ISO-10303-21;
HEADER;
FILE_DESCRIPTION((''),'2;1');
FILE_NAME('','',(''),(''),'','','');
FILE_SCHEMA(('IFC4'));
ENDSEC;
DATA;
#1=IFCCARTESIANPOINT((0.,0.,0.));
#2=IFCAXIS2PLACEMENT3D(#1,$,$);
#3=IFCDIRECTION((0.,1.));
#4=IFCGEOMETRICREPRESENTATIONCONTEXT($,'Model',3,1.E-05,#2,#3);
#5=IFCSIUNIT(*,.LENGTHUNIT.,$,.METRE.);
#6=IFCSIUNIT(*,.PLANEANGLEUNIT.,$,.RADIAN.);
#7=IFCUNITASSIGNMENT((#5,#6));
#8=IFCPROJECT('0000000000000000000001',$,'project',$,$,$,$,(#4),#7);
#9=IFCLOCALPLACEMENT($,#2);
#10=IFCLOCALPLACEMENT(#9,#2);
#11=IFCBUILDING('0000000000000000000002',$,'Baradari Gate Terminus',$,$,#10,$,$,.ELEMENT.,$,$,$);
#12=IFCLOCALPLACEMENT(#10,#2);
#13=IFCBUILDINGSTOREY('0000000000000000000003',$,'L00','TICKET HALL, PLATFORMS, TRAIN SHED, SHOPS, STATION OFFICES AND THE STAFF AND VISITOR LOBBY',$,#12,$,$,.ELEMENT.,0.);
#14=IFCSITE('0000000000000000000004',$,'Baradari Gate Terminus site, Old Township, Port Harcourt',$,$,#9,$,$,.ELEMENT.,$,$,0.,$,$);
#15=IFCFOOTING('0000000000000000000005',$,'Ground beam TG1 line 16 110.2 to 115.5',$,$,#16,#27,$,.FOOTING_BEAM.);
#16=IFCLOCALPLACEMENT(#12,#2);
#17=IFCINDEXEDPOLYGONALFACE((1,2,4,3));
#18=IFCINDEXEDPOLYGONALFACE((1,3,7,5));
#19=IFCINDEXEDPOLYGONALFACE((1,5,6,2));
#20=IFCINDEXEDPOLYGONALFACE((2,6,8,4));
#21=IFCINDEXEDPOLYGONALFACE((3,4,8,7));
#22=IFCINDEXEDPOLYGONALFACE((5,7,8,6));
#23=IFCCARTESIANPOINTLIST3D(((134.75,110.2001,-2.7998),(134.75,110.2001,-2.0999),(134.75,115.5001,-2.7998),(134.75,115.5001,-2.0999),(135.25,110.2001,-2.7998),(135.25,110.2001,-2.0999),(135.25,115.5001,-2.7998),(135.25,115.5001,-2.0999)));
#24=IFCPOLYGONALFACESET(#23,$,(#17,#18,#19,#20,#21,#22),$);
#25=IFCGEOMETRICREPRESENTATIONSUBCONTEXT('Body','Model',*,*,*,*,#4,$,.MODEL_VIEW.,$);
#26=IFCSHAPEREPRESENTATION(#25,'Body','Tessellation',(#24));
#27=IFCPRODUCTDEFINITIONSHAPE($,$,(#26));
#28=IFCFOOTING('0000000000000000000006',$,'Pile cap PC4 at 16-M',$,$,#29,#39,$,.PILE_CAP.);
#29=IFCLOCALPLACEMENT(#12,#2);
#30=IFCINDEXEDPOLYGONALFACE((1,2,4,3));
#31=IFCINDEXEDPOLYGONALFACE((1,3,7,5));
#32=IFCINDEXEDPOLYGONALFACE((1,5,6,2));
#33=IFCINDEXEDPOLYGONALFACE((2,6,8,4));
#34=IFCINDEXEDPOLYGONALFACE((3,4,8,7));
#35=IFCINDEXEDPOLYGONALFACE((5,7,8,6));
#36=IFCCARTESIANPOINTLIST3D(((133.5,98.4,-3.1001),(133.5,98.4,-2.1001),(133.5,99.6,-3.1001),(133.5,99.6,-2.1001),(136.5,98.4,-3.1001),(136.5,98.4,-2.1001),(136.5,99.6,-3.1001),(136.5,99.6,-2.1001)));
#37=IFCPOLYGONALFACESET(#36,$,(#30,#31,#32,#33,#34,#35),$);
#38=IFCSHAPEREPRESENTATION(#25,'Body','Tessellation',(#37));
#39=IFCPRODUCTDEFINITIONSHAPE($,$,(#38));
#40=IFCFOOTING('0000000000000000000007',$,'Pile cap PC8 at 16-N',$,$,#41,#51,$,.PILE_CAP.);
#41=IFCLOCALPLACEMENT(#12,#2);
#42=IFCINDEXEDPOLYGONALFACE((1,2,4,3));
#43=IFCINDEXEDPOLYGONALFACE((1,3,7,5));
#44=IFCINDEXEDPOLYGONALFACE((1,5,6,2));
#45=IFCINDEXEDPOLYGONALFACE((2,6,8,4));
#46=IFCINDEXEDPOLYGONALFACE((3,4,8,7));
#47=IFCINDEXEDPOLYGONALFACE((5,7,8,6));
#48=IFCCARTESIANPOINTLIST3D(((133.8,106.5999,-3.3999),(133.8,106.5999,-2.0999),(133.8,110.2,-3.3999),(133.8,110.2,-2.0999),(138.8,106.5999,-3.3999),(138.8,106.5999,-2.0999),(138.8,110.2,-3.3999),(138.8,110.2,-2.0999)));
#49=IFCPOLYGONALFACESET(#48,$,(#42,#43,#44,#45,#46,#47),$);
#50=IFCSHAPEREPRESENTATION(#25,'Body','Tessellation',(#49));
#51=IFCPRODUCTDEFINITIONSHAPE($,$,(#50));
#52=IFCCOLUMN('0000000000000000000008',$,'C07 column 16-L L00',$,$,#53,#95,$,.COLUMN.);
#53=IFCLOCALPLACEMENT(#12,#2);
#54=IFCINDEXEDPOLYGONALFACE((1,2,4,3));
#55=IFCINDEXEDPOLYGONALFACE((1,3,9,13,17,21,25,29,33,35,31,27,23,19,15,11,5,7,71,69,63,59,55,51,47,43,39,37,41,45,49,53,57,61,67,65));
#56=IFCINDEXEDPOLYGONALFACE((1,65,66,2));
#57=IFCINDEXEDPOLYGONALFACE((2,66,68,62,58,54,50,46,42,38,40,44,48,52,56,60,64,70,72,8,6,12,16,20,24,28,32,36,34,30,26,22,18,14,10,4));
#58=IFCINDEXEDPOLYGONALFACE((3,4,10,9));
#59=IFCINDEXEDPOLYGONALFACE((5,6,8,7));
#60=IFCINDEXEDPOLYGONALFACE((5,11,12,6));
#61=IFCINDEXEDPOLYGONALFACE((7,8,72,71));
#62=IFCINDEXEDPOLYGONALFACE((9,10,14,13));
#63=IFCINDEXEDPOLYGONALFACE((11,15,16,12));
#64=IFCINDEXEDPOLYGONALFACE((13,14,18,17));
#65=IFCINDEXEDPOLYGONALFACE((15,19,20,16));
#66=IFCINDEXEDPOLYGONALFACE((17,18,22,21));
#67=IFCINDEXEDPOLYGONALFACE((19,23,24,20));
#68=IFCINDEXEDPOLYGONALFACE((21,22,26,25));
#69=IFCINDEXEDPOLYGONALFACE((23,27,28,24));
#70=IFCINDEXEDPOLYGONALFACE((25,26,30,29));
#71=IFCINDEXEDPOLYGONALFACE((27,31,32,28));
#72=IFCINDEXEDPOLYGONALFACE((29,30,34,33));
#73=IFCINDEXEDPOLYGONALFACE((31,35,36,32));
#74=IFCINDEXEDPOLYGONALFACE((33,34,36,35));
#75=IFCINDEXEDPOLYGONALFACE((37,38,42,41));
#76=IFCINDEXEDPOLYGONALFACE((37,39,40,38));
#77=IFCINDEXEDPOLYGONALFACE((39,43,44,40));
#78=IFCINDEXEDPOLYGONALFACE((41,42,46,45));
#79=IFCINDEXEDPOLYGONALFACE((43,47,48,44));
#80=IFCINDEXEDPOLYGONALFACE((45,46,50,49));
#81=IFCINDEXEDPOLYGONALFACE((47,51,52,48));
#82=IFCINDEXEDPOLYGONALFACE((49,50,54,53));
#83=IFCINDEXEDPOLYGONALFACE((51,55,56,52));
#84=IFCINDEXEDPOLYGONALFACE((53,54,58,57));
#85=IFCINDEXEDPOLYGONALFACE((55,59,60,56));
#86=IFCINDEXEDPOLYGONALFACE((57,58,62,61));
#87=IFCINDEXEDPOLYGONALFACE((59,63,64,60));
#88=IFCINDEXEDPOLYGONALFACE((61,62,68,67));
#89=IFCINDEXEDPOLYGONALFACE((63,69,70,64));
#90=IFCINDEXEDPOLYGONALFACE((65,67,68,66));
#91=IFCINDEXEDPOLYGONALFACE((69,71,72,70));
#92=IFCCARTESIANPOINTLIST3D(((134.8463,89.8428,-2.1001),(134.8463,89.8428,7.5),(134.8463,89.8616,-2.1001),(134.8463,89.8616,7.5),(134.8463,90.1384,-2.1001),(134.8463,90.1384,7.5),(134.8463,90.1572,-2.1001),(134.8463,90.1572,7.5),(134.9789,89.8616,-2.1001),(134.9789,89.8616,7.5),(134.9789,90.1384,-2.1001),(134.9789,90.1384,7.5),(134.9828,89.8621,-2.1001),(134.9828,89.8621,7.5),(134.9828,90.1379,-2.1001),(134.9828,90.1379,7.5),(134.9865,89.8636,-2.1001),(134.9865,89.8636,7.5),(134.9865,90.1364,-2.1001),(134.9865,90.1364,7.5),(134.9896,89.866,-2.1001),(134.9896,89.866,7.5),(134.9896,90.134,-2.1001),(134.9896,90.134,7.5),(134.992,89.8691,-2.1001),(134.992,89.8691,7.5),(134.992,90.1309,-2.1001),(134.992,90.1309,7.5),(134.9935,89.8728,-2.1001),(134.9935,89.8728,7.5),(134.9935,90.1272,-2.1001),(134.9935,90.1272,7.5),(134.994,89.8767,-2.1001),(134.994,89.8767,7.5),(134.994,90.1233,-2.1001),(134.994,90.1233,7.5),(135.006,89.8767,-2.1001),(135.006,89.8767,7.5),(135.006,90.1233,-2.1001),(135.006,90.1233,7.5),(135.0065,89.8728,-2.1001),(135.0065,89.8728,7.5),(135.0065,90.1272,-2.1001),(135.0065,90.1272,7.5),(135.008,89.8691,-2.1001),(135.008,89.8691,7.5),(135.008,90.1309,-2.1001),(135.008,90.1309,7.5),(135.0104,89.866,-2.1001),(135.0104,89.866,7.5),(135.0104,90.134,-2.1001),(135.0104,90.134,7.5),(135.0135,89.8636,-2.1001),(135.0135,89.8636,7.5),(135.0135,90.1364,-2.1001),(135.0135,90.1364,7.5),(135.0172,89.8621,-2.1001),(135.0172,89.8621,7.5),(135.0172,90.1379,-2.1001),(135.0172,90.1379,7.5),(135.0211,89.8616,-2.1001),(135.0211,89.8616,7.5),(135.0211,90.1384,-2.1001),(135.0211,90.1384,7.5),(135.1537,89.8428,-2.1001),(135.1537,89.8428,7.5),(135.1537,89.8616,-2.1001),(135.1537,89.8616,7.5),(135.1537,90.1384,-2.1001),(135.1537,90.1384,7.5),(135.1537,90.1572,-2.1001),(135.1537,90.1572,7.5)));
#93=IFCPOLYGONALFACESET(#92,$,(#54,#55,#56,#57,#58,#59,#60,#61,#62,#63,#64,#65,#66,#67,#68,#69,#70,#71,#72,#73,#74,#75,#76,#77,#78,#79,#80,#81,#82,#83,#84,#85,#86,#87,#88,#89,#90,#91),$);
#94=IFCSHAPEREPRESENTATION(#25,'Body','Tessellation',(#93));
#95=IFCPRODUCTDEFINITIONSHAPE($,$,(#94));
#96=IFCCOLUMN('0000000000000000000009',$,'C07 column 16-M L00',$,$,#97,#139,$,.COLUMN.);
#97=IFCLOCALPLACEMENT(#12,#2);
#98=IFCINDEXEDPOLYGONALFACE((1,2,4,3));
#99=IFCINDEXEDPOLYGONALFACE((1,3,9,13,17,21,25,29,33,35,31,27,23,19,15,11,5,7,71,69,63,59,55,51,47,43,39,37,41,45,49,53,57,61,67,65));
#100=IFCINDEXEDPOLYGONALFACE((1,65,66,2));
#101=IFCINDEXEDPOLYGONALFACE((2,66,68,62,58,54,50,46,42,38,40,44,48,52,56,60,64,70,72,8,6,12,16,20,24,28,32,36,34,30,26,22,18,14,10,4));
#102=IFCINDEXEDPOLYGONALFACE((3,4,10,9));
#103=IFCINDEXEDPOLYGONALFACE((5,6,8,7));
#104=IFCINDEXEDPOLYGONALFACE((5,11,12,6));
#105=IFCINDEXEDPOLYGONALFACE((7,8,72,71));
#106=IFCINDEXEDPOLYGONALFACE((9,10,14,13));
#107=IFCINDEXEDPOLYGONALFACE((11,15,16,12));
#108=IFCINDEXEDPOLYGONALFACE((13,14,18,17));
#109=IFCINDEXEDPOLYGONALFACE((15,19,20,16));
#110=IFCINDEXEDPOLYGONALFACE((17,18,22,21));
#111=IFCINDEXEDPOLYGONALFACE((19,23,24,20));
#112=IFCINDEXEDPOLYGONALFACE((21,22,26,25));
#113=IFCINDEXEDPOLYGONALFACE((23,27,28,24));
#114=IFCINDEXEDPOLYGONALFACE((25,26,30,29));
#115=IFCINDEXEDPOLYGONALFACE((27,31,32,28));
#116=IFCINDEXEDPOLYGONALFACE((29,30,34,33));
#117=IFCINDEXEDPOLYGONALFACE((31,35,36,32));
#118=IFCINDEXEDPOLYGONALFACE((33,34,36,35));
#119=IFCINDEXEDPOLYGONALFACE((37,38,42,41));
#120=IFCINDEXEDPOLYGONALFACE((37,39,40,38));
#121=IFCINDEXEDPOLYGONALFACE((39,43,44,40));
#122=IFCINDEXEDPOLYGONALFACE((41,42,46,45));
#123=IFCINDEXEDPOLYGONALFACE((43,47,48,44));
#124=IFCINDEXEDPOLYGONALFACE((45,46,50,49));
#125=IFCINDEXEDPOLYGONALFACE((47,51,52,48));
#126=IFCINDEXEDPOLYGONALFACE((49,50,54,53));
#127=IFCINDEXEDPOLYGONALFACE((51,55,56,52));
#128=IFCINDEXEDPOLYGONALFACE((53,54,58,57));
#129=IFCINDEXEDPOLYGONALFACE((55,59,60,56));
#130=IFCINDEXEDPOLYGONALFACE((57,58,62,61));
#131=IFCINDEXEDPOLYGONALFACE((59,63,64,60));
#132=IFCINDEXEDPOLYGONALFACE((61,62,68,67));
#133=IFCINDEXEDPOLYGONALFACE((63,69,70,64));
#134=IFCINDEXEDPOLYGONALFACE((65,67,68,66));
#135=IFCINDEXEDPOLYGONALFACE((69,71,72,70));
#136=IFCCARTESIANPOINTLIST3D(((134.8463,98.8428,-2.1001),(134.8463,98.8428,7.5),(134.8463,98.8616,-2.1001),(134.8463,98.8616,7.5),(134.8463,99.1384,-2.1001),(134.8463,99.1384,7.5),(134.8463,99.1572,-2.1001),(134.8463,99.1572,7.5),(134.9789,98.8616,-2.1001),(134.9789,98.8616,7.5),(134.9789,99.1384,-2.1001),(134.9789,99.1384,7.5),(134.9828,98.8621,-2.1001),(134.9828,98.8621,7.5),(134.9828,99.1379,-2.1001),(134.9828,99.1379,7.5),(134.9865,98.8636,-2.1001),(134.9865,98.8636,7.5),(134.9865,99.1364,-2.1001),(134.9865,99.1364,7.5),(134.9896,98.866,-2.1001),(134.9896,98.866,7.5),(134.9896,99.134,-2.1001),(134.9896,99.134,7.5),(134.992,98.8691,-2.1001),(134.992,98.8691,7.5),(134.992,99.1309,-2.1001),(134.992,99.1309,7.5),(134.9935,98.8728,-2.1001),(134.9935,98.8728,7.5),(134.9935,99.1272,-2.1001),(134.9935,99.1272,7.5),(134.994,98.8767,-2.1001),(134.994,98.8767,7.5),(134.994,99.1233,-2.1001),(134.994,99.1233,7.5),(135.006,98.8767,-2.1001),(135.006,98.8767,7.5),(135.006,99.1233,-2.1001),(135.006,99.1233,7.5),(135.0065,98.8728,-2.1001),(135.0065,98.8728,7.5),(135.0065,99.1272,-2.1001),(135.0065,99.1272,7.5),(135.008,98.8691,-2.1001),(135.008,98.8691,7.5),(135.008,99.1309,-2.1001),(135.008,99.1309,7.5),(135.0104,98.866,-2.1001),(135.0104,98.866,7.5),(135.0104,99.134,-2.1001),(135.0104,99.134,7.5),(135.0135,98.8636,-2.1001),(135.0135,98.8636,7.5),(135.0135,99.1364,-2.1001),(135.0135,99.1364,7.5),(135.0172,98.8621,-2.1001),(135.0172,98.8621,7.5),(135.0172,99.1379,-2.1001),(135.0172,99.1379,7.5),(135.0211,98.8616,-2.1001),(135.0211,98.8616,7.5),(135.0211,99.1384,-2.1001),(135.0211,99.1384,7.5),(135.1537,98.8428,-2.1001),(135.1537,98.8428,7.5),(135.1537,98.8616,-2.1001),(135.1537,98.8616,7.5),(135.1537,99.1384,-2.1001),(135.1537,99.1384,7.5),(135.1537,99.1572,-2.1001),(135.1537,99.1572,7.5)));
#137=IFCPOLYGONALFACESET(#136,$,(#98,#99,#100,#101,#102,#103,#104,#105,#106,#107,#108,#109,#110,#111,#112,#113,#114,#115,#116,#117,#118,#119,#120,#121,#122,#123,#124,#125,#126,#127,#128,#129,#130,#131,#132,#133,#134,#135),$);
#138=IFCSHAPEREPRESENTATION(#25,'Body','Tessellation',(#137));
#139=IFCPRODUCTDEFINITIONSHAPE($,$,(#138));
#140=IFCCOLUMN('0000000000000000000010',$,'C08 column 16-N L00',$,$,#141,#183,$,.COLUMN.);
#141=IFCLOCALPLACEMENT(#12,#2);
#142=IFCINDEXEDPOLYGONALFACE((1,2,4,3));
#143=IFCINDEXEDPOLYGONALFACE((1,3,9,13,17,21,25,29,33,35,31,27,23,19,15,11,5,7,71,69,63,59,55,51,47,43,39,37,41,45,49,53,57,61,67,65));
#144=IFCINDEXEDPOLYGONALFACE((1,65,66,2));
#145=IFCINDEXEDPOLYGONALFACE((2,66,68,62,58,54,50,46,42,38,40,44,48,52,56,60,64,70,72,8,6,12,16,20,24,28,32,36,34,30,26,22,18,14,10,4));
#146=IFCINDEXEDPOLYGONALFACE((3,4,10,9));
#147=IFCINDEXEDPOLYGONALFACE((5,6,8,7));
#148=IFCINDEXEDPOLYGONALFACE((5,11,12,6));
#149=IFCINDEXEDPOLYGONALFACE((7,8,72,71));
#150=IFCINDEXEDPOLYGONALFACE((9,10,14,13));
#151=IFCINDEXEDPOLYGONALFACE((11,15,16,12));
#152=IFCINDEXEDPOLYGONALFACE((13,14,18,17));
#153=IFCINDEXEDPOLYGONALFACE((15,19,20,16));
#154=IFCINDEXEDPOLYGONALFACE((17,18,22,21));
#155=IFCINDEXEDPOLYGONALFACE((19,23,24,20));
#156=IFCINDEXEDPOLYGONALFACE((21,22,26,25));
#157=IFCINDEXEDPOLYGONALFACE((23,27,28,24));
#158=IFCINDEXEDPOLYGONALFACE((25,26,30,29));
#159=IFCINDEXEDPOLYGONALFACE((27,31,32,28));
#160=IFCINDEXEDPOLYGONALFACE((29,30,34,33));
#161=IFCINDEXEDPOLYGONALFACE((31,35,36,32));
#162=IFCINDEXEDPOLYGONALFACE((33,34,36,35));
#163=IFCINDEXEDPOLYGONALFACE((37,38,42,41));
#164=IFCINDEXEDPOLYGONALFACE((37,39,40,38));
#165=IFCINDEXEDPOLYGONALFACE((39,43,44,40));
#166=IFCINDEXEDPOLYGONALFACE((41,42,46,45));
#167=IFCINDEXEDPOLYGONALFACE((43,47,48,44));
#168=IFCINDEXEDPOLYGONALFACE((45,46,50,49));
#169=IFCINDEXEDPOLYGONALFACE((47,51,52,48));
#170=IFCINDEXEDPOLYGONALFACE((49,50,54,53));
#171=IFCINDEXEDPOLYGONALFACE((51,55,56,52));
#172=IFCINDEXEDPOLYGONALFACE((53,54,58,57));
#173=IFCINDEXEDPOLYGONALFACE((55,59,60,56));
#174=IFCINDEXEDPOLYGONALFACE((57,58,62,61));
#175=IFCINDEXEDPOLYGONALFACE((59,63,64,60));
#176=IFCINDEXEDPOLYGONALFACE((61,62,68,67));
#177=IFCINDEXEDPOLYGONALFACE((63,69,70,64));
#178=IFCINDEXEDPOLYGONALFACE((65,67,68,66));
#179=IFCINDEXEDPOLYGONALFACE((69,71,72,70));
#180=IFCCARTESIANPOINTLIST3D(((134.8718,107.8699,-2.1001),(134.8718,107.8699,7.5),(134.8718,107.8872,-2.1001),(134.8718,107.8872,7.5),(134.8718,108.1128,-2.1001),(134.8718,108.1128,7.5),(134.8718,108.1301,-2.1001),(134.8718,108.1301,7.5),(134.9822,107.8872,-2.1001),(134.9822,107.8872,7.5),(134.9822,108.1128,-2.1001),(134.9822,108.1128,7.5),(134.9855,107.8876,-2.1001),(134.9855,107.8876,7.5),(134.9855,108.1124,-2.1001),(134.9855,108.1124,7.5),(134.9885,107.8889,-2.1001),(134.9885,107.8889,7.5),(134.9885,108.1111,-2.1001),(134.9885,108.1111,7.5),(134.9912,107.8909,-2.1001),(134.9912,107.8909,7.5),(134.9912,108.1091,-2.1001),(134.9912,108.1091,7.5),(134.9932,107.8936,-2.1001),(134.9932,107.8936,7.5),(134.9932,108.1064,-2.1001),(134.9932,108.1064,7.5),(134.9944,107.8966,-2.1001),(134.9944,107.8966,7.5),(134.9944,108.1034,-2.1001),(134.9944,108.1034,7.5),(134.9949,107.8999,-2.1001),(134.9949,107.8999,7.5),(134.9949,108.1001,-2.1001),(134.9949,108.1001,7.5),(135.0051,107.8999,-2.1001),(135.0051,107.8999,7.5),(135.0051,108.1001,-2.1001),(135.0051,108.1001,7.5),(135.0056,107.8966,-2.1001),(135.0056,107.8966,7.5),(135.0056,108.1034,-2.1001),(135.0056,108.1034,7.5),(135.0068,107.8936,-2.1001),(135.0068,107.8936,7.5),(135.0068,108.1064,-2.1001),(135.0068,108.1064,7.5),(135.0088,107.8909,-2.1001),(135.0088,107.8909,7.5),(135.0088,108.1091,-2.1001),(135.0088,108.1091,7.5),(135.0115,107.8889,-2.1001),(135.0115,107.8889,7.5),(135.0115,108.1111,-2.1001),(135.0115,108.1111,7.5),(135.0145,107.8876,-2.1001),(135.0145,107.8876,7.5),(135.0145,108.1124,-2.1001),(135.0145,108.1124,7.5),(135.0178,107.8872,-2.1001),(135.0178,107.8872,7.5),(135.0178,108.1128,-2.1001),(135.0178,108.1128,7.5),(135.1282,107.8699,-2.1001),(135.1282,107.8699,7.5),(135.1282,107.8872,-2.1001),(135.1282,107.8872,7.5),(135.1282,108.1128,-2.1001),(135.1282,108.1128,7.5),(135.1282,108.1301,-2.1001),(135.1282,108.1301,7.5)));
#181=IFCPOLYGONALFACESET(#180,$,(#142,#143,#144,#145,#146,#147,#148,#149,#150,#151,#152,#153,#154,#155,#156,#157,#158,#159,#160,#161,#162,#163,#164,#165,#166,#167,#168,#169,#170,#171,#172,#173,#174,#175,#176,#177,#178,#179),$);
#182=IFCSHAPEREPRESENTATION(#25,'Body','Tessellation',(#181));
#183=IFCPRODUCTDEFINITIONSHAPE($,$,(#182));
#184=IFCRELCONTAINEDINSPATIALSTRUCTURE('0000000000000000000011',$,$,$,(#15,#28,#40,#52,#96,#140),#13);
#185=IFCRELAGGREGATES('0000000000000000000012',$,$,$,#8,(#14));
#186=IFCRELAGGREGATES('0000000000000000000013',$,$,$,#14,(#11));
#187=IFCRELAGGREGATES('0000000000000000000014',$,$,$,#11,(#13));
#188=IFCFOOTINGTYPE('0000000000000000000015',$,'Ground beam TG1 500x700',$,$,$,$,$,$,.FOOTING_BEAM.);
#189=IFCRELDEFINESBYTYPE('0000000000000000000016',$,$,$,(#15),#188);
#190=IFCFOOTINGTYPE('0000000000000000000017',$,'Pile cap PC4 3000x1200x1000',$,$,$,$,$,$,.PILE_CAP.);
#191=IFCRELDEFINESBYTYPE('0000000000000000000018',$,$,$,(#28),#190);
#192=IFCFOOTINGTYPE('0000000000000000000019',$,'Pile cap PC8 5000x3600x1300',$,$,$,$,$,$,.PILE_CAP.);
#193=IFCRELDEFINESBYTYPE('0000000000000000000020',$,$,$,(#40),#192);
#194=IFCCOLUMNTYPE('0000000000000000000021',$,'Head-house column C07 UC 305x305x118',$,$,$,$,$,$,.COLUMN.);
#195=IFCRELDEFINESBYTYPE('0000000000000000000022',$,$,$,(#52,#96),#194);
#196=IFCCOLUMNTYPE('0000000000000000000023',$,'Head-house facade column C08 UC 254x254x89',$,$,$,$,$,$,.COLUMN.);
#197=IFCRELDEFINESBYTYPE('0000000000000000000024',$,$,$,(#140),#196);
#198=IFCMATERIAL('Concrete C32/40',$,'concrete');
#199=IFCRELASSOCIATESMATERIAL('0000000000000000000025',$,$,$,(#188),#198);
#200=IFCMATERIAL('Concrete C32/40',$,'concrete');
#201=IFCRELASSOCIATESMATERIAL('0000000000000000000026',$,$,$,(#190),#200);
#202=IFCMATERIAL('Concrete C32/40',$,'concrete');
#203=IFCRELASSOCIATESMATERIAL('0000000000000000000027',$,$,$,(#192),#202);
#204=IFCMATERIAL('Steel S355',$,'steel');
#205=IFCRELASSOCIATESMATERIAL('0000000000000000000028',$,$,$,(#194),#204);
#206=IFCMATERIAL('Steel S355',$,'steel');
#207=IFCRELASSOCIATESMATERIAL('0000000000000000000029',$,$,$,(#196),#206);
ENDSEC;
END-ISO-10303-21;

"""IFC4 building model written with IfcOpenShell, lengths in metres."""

from ifc_helpers import new_model, si_unit, direction, frame, origin, origin_2d, place, context, subcontext, project, spatial, rectangle, i_section, extrude, material, material_profile, profile_set, type_object, element, save


model = new_model("IFC4")

# Units and contexts
model_context = context("Model", 3, precision=1e-05, world=origin(), true_north=direction((0.0, 1.0)))
body_context = subcontext(model_context, "Body", "Model", "MODEL_VIEW")
ifc_project = project(units=[si_unit("LENGTHUNIT", "METRE"), si_unit("PLANEANGLEUNIT", "RADIAN")], contexts=[model_context])

# Site, building, storey
site_placement = place(None, origin())
site = spatial("IfcSite", under=ifc_project, at=site_placement, Name="Baradari Gate Terminus site, Old Township, Port Harcourt", CompositionType="ELEMENT", RefElevation=0.0)
building_placement = place(site_placement, origin())
building = spatial("IfcBuilding", under=site, at=building_placement, Name="Baradari Gate Terminus", CompositionType="ELEMENT")
storey_placement = place(building_placement, origin())
storey = spatial("IfcBuildingStorey", under=building, at=storey_placement, Name="L00", Description="TICKET HALL, PLATFORMS, TRAIN SHED, SHOPS, STATION OFFICES AND THE STAFF AND VISITOR LOBBY", CompositionType="ELEMENT", Elevation=0.0)

# Footings
ifc_material_1 = material(Name="Concrete C32/40", Category="concrete")
footing_type_1 = type_object("IfcFootingType", Name="Ground beam TG1 500x700", PredefinedType="FOOTING_BEAM", material=ifc_material_1)
footing_1_placement = place(storey_placement, frame((135.0, 112.8501, -2.7998), z_axis=(0.0, 0.0, 1.0), x_axis=(1.0, 0.0, 0.0)))
element("IfcFooting", 1, at=footing_1_placement, inside=storey, type_object=footing_type_1, Name="Ground beam TG1 line 16 110.2 to 115.5", PredefinedType="FOOTING_BEAM", context=body_context, shape_type="SweptSolid", body=[
    extrude(rectangle(XDim=0.5, YDim=5.3, at=origin_2d()), origin(), (0.0, 0.0, 1.0), 0.7),
])
ifc_material_2 = material(Name="Concrete C32/40", Category="concrete")
footing_type_2 = type_object("IfcFootingType", Name="Pile cap PC4 3000x1200x1000", PredefinedType="PILE_CAP", material=ifc_material_2)
footing_2_placement = place(storey_placement, frame((135.0, 99.0, -3.1001), z_axis=(0.0, 0.0, 1.0), x_axis=(1.0, 0.0, 0.0)))
element("IfcFooting", 2, at=footing_2_placement, inside=storey, type_object=footing_type_2, Name="Pile cap PC4 at 16-M", PredefinedType="PILE_CAP", context=body_context, shape_type="SweptSolid", body=[
    extrude(rectangle(XDim=3.0, YDim=1.2, at=origin_2d()), origin(), (0.0, 0.0, 1.0), 1.0),
])
ifc_material_3 = material(Name="Concrete C32/40", Category="concrete")
footing_type_3 = type_object("IfcFootingType", Name="Pile cap PC8 5000x3600x1300", PredefinedType="PILE_CAP", material=ifc_material_3)
footing_3_placement = place(storey_placement, frame((136.3, 108.3999, -3.3999), z_axis=(0.0, 0.0, 1.0), x_axis=(1.0, 0.0, 0.0)))
element("IfcFooting", 3, at=footing_3_placement, inside=storey, type_object=footing_type_3, Name="Pile cap PC8 at 16-N", PredefinedType="PILE_CAP", context=body_context, shape_type="SweptSolid", body=[
    extrude(rectangle(XDim=5.0, YDim=3.6001, at=origin_2d()), origin(), (0.0, 0.0, 1.0), 1.3),
])

# Columns
ifc_material_4 = material(Name="Steel S355", Category="steel")
ifc_material_profile_1 = material_profile(ifc_material_4, i_section(OverallWidth=0.3074, OverallDepth=0.3145, WebThickness=0.012, FlangeThickness=0.0188, FilletRadius=0.0151, at=origin_2d()), Name="UC 305x305x118")
ifc_profile_set_1 = profile_set([ifc_material_profile_1], Name="Steel S355")
column_type_1 = type_object("IfcColumnType", Name="Head-house column C07 UC 305x305x118", PredefinedType="COLUMN", material=ifc_profile_set_1)
for number, where, z_axis, x_axis, name in (
    (4, (135.0, 90.0, -2.1001), (0.0, 0.0, 1.0), (1.0, 0.0, 0.0), "C07 column 16-L L00"),
    (5, (135.0, 99.0, -2.1001), (0.0, 0.0, 1.0), (1.0, 0.0, 0.0), "C07 column 16-M L00"),
):
    element("IfcColumn", number, at=place(storey_placement, frame(where, z_axis=z_axis, x_axis=x_axis)), inside=storey, type_object=column_type_1, Name=name, PredefinedType="COLUMN", context=body_context, shape_type="SweptSolid", body=[
        extrude(i_section(OverallWidth=0.3074, OverallDepth=0.3145, WebThickness=0.012, FlangeThickness=0.0188, FilletRadius=0.0151, at=origin_2d()), origin(), (0.0, 0.0, 1.0), 9.6001),
    ])
ifc_material_5 = material(Name="Steel S355", Category="steel")
ifc_material_profile_2 = material_profile(ifc_material_5, i_section(OverallWidth=0.2563, OverallDepth=0.2603, WebThickness=0.0103, FlangeThickness=0.0173, FilletRadius=0.0127, at=origin_2d()), Name="UC 254x254x89")
ifc_profile_set_2 = profile_set([ifc_material_profile_2], Name="Steel S355")
column_type_2 = type_object("IfcColumnType", Name="Head-house facade column C08 UC 254x254x89", PredefinedType="COLUMN", material=ifc_profile_set_2)
column_placement = place(storey_placement, frame((135.0, 108.0, -2.1001), z_axis=(0.0, 0.0, 1.0), x_axis=(1.0, 0.0, 0.0)))
element("IfcColumn", 6, at=column_placement, inside=storey, type_object=column_type_2, Name="C08 column 16-N L00", PredefinedType="COLUMN", context=body_context, shape_type="SweptSolid", body=[
    extrude(i_section(OverallWidth=0.2563, OverallDepth=0.2603, WebThickness=0.0103, FlangeThickness=0.0173, FilletRadius=0.0127, at=origin_2d()), origin(), (0.0, 0.0, 1.0), 9.6001),
])

save(model, "model.ifc")
